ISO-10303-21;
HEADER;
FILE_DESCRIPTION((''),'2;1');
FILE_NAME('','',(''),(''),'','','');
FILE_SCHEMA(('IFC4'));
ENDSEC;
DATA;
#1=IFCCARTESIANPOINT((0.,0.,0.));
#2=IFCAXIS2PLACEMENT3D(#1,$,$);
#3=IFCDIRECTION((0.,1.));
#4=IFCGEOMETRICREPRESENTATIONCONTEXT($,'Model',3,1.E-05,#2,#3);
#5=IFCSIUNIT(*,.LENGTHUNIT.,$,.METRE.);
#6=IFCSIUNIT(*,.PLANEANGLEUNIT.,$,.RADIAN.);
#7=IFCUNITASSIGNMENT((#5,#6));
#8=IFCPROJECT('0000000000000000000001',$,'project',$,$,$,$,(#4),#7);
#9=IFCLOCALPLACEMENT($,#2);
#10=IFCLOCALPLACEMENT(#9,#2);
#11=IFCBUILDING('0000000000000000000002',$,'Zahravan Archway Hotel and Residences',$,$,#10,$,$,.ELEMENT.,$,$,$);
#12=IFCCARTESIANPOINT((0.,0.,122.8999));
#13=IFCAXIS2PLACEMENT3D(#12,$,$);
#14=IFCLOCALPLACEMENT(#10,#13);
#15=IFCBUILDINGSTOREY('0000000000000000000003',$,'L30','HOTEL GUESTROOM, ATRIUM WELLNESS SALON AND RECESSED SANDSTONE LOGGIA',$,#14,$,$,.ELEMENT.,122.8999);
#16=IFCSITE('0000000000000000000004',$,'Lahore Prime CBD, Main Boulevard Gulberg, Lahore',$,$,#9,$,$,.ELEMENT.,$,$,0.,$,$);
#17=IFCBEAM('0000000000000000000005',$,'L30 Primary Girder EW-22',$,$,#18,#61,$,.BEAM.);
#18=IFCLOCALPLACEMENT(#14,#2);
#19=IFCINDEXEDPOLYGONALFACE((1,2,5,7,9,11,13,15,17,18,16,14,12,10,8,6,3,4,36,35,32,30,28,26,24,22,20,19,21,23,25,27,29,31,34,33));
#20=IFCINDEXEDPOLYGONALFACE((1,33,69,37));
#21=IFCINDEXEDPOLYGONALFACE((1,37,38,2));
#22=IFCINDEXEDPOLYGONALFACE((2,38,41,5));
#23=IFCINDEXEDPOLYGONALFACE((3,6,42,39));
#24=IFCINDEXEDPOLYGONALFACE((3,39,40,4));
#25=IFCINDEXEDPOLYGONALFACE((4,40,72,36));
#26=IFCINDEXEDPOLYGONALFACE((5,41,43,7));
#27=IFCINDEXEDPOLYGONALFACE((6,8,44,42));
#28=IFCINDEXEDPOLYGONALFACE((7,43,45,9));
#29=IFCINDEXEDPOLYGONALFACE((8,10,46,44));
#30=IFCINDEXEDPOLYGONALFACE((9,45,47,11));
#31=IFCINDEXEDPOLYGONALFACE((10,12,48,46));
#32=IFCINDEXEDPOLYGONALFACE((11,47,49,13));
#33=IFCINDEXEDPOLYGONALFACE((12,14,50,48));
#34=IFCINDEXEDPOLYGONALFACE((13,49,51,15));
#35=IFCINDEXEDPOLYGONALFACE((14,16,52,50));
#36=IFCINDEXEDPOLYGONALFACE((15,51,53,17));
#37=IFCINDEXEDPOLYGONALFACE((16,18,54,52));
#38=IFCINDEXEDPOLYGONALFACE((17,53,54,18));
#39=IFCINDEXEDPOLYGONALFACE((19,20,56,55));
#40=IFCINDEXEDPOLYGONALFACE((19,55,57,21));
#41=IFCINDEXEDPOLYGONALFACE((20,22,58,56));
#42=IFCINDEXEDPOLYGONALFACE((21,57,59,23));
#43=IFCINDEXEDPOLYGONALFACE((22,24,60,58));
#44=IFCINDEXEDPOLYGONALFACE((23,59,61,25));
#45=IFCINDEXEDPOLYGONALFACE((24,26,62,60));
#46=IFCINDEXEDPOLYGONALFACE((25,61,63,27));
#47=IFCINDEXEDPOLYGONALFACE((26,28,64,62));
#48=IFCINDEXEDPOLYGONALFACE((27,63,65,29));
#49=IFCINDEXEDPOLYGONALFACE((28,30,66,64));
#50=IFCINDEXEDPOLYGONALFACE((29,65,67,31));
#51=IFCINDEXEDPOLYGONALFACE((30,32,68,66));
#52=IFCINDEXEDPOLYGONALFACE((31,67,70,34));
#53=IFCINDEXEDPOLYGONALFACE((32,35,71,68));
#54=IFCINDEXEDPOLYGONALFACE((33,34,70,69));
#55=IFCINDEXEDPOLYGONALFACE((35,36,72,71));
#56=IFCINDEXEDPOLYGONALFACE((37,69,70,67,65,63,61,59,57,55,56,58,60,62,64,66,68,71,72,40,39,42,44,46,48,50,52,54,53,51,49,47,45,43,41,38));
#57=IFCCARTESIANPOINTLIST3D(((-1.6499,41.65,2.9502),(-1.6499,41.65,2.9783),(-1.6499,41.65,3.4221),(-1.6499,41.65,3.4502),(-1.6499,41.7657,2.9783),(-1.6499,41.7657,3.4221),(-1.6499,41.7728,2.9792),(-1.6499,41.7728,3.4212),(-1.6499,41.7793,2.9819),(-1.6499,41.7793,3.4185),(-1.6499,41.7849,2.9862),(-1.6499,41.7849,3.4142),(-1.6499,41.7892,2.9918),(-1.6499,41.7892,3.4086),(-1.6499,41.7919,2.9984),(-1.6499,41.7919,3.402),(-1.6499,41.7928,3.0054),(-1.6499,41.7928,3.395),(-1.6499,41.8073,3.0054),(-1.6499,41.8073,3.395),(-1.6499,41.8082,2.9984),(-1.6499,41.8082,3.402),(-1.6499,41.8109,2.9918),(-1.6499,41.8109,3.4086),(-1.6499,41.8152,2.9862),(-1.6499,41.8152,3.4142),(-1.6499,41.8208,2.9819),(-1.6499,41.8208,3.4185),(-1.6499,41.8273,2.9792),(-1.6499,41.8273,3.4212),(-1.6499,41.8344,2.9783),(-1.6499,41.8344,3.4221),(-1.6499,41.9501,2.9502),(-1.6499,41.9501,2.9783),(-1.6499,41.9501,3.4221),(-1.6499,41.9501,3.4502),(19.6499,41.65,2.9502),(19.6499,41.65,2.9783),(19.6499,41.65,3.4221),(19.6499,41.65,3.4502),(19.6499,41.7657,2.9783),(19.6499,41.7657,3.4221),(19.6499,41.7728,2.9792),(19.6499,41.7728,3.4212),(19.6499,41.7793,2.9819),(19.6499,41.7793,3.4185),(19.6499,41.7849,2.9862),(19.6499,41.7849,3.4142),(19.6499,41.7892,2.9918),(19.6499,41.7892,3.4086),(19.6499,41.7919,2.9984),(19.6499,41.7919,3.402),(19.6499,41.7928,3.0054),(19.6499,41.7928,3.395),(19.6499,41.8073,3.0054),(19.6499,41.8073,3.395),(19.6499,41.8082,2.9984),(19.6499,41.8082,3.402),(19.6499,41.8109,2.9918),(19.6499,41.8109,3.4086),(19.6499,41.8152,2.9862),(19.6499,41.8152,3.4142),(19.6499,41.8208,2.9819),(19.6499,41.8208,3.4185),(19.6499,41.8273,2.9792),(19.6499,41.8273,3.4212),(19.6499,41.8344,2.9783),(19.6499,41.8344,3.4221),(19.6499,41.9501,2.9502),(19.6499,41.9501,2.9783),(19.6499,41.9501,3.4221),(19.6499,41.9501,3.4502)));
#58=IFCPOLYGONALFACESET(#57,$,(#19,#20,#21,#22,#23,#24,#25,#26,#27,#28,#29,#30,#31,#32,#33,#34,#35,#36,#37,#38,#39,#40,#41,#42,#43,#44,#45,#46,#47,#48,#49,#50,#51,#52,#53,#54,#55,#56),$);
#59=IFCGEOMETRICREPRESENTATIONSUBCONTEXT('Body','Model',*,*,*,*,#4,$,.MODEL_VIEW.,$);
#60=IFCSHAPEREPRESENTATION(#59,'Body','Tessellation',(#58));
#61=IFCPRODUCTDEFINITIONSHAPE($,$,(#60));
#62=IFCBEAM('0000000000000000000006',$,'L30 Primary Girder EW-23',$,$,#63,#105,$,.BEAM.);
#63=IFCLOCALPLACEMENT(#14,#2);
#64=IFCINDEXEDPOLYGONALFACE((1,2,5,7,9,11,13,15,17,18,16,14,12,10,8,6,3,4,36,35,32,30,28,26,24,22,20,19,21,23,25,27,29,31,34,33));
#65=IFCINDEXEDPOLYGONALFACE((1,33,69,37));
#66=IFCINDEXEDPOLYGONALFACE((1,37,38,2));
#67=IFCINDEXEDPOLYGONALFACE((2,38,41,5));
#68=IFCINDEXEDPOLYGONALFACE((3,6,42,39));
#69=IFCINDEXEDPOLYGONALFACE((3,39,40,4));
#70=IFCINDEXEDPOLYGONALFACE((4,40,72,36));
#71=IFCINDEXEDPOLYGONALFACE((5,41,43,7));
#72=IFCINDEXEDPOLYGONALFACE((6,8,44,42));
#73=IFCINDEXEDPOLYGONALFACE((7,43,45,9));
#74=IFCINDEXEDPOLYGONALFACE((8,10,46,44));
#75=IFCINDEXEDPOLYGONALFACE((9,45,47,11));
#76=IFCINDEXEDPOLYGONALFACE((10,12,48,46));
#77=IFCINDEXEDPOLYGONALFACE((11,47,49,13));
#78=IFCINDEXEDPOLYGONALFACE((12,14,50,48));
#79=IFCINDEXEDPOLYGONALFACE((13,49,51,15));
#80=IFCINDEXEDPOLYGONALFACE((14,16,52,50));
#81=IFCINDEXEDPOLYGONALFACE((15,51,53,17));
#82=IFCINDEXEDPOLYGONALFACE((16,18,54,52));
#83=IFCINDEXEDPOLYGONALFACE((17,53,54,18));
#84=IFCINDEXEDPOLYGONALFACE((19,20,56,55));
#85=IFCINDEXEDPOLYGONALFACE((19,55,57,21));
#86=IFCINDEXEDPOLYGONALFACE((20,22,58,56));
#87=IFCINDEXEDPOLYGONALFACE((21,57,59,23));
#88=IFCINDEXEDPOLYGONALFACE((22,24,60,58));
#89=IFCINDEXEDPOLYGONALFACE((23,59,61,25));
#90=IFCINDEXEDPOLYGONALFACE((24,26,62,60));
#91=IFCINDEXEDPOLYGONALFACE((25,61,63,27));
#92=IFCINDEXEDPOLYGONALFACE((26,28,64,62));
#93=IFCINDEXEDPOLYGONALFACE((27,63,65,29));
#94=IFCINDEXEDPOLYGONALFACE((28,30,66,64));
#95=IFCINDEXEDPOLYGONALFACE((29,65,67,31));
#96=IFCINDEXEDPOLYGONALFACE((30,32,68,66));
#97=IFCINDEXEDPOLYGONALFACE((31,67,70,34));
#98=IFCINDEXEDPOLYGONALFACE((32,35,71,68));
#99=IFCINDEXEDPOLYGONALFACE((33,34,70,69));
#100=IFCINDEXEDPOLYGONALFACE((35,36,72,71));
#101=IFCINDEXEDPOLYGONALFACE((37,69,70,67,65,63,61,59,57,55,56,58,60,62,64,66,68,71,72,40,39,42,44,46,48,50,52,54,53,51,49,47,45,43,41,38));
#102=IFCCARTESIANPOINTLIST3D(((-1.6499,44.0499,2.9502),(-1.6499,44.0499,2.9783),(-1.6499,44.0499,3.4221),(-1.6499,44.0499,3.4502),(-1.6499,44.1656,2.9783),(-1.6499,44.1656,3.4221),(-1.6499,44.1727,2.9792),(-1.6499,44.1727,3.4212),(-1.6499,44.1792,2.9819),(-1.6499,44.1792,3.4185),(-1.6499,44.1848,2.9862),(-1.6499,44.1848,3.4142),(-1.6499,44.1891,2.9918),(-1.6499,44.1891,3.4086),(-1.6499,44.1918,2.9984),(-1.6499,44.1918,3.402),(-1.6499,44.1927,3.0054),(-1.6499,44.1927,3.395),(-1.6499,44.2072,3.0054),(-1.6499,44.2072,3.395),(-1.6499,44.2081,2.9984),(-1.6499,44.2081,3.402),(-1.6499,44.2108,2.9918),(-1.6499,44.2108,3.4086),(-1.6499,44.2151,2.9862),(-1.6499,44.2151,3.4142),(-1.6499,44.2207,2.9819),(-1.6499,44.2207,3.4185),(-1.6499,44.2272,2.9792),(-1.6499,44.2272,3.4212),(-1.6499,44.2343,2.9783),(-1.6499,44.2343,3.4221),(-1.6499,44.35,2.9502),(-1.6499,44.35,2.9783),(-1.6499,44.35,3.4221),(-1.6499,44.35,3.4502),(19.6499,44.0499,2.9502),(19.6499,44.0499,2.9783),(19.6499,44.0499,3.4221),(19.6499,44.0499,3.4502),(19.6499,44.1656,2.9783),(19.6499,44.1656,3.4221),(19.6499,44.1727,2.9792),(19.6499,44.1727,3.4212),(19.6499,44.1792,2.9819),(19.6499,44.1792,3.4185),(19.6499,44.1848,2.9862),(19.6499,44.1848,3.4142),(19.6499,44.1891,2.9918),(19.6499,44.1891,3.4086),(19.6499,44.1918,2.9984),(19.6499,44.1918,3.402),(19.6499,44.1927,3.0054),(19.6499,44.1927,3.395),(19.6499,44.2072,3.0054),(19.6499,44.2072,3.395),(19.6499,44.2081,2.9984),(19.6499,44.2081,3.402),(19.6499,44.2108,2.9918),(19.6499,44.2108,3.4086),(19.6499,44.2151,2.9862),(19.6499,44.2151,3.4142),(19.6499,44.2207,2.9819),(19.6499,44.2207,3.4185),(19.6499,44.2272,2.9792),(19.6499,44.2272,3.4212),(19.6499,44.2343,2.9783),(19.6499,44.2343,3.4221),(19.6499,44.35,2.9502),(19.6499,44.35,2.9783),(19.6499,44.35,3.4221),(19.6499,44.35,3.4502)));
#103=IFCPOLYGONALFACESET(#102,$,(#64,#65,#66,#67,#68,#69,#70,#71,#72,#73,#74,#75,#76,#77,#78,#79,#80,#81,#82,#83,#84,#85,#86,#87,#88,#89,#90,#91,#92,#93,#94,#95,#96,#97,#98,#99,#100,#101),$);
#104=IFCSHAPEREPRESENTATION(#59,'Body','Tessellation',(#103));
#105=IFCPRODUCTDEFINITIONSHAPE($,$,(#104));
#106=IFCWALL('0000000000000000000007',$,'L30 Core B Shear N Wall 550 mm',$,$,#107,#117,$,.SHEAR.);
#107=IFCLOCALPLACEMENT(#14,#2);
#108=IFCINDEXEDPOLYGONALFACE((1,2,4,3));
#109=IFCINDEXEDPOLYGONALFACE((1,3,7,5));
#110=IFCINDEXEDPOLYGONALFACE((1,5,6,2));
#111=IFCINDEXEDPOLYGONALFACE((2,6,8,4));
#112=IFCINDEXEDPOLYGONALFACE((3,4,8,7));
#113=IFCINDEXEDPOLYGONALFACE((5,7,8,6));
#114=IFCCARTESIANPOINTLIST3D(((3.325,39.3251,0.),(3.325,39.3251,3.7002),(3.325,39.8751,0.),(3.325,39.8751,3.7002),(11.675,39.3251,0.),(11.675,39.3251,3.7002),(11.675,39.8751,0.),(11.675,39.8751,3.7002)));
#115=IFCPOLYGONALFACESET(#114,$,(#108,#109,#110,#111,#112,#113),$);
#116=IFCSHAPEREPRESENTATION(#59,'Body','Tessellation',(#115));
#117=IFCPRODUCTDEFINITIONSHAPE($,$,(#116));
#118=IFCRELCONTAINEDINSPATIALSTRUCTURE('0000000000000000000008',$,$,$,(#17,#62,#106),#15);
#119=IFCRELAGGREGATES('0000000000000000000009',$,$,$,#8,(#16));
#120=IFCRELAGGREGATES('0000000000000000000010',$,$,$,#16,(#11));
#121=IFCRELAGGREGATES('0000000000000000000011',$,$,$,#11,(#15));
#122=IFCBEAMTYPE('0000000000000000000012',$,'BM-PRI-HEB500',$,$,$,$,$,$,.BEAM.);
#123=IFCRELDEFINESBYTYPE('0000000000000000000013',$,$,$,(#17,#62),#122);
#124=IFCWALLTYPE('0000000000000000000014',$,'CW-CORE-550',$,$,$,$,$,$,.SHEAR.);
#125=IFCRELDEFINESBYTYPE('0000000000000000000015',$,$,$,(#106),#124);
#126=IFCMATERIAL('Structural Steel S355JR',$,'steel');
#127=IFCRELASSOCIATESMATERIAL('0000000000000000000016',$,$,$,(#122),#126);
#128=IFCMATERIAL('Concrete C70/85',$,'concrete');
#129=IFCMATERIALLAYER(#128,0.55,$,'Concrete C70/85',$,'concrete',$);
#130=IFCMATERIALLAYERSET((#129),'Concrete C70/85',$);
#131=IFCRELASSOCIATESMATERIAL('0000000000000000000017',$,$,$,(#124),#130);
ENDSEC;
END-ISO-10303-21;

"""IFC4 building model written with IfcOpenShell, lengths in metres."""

from ifc_helpers import new_model, si_unit, direction, frame, frame_2d, origin, origin_2d, place, context, subcontext, project, spatial, rectangle, i_section, extrude, source, transform, mapped, material, layer, layer_set, material_profile, profile_set, type_object, element, save


model = new_model("IFC4")

# Units and contexts
model_context = context("Model", 3, precision=1e-05, world=origin(), true_north=direction((0.0, 1.0)))
body_context = subcontext(model_context, "Body", "Model", "MODEL_VIEW")
ifc_project = project(units=[si_unit("LENGTHUNIT", "METRE"), si_unit("PLANEANGLEUNIT", "RADIAN")], contexts=[model_context])

# Site, building, storey
site_placement = place(None, origin())
site = spatial("IfcSite", under=ifc_project, at=site_placement, Name="Lahore Prime CBD, Main Boulevard Gulberg, Lahore", CompositionType="ELEMENT", RefElevation=0.0)
building_placement = place(site_placement, origin())
building = spatial("IfcBuilding", under=site, at=building_placement, Name="Zahravan Archway Hotel and Residences", CompositionType="ELEMENT")
storey_placement = place(building_placement, frame((0.0, 0.0, 122.8999)))
storey = spatial("IfcBuildingStorey", under=building, at=storey_placement, Name="L30", Description="HOTEL GUESTROOM, ATRIUM WELLNESS SALON AND RECESSED SANDSTONE LOGGIA", CompositionType="ELEMENT", Elevation=122.8999)

# Beams
ifc_material_1 = material(Name="Structural Steel S355JR", Category="steel")
ifc_material_profile_1 = material_profile(ifc_material_1, i_section(OverallWidth=0.3, OverallDepth=0.5, WebThickness=0.0144, FlangeThickness=0.0281, FilletRadius=0.0271, at=origin_2d()), Name="HEB 500", Category="steel")
ifc_profile_set_1 = profile_set([ifc_material_profile_1], Name="Structural Steel S355JR")
beam_type_1 = type_object("IfcBeamType", Name="BM-PRI-HEB500", PredefinedType="BEAM", material=ifc_profile_set_1)
shared_shape_1 = source(origin(), body_context, "Body", "SweptSolid", [
    extrude(i_section(OverallWidth=0.3, OverallDepth=0.5, WebThickness=0.0144, FlangeThickness=0.0281, FilletRadius=0.0271, at=origin_2d()), origin(), (0.0, 0.0, 1.0), 21.2998),
])
for number, where, z_axis, x_axis, name in (
    (1, (-1.6499, 41.8, 3.2002), (1.0, 0.0, 0.0), (0.0, 1.0, 0.0), "L30 Primary Girder EW-22"),
    (2, (-1.6499, 44.2, 3.2002), (1.0, 0.0, 0.0), (0.0, 1.0, 0.0), "L30 Primary Girder EW-23"),
):
    element("IfcBeam", number, at=place(storey_placement, frame(where, z_axis=z_axis, x_axis=x_axis)), inside=storey, type_object=beam_type_1, Name=name, PredefinedType="BEAM", context=body_context, shape_type="MappedRepresentation", body=[
        mapped(shared_shape_1, transform((0.0, 0.0, 0.0), scale=1.0)),
    ])

# Wall
ifc_material_2 = material(Name="Concrete C70/85", Category="concrete")
ifc_layer_1 = layer(ifc_material_2, 0.55, Name="Concrete C70/85", Category="concrete")
ifc_layer_set_1 = layer_set([ifc_layer_1], Name="Concrete C70/85")
wall_type_1 = type_object("IfcWallType", Name="CW-CORE-550", PredefinedType="SHEAR", material=ifc_layer_set_1)
wall_1_placement = place(storey_placement, frame((3.325, 39.6001, 0.0), z_axis=(0.0, 0.0, 1.0), x_axis=(1.0, 0.0, 0.0)))
element("IfcWall", 3, at=wall_1_placement, inside=storey, type_object=wall_type_1, Name="L30 Core B Shear N Wall 550 mm", PredefinedType="SHEAR", context=body_context, shape_type="SweptSolid", body=[
    extrude(rectangle(XDim=8.3501, YDim=0.55, at=frame_2d((4.175, 0.0))), origin(), (0.0, 0.0, 1.0), 3.7002),
])

save(model, "model.ifc")
